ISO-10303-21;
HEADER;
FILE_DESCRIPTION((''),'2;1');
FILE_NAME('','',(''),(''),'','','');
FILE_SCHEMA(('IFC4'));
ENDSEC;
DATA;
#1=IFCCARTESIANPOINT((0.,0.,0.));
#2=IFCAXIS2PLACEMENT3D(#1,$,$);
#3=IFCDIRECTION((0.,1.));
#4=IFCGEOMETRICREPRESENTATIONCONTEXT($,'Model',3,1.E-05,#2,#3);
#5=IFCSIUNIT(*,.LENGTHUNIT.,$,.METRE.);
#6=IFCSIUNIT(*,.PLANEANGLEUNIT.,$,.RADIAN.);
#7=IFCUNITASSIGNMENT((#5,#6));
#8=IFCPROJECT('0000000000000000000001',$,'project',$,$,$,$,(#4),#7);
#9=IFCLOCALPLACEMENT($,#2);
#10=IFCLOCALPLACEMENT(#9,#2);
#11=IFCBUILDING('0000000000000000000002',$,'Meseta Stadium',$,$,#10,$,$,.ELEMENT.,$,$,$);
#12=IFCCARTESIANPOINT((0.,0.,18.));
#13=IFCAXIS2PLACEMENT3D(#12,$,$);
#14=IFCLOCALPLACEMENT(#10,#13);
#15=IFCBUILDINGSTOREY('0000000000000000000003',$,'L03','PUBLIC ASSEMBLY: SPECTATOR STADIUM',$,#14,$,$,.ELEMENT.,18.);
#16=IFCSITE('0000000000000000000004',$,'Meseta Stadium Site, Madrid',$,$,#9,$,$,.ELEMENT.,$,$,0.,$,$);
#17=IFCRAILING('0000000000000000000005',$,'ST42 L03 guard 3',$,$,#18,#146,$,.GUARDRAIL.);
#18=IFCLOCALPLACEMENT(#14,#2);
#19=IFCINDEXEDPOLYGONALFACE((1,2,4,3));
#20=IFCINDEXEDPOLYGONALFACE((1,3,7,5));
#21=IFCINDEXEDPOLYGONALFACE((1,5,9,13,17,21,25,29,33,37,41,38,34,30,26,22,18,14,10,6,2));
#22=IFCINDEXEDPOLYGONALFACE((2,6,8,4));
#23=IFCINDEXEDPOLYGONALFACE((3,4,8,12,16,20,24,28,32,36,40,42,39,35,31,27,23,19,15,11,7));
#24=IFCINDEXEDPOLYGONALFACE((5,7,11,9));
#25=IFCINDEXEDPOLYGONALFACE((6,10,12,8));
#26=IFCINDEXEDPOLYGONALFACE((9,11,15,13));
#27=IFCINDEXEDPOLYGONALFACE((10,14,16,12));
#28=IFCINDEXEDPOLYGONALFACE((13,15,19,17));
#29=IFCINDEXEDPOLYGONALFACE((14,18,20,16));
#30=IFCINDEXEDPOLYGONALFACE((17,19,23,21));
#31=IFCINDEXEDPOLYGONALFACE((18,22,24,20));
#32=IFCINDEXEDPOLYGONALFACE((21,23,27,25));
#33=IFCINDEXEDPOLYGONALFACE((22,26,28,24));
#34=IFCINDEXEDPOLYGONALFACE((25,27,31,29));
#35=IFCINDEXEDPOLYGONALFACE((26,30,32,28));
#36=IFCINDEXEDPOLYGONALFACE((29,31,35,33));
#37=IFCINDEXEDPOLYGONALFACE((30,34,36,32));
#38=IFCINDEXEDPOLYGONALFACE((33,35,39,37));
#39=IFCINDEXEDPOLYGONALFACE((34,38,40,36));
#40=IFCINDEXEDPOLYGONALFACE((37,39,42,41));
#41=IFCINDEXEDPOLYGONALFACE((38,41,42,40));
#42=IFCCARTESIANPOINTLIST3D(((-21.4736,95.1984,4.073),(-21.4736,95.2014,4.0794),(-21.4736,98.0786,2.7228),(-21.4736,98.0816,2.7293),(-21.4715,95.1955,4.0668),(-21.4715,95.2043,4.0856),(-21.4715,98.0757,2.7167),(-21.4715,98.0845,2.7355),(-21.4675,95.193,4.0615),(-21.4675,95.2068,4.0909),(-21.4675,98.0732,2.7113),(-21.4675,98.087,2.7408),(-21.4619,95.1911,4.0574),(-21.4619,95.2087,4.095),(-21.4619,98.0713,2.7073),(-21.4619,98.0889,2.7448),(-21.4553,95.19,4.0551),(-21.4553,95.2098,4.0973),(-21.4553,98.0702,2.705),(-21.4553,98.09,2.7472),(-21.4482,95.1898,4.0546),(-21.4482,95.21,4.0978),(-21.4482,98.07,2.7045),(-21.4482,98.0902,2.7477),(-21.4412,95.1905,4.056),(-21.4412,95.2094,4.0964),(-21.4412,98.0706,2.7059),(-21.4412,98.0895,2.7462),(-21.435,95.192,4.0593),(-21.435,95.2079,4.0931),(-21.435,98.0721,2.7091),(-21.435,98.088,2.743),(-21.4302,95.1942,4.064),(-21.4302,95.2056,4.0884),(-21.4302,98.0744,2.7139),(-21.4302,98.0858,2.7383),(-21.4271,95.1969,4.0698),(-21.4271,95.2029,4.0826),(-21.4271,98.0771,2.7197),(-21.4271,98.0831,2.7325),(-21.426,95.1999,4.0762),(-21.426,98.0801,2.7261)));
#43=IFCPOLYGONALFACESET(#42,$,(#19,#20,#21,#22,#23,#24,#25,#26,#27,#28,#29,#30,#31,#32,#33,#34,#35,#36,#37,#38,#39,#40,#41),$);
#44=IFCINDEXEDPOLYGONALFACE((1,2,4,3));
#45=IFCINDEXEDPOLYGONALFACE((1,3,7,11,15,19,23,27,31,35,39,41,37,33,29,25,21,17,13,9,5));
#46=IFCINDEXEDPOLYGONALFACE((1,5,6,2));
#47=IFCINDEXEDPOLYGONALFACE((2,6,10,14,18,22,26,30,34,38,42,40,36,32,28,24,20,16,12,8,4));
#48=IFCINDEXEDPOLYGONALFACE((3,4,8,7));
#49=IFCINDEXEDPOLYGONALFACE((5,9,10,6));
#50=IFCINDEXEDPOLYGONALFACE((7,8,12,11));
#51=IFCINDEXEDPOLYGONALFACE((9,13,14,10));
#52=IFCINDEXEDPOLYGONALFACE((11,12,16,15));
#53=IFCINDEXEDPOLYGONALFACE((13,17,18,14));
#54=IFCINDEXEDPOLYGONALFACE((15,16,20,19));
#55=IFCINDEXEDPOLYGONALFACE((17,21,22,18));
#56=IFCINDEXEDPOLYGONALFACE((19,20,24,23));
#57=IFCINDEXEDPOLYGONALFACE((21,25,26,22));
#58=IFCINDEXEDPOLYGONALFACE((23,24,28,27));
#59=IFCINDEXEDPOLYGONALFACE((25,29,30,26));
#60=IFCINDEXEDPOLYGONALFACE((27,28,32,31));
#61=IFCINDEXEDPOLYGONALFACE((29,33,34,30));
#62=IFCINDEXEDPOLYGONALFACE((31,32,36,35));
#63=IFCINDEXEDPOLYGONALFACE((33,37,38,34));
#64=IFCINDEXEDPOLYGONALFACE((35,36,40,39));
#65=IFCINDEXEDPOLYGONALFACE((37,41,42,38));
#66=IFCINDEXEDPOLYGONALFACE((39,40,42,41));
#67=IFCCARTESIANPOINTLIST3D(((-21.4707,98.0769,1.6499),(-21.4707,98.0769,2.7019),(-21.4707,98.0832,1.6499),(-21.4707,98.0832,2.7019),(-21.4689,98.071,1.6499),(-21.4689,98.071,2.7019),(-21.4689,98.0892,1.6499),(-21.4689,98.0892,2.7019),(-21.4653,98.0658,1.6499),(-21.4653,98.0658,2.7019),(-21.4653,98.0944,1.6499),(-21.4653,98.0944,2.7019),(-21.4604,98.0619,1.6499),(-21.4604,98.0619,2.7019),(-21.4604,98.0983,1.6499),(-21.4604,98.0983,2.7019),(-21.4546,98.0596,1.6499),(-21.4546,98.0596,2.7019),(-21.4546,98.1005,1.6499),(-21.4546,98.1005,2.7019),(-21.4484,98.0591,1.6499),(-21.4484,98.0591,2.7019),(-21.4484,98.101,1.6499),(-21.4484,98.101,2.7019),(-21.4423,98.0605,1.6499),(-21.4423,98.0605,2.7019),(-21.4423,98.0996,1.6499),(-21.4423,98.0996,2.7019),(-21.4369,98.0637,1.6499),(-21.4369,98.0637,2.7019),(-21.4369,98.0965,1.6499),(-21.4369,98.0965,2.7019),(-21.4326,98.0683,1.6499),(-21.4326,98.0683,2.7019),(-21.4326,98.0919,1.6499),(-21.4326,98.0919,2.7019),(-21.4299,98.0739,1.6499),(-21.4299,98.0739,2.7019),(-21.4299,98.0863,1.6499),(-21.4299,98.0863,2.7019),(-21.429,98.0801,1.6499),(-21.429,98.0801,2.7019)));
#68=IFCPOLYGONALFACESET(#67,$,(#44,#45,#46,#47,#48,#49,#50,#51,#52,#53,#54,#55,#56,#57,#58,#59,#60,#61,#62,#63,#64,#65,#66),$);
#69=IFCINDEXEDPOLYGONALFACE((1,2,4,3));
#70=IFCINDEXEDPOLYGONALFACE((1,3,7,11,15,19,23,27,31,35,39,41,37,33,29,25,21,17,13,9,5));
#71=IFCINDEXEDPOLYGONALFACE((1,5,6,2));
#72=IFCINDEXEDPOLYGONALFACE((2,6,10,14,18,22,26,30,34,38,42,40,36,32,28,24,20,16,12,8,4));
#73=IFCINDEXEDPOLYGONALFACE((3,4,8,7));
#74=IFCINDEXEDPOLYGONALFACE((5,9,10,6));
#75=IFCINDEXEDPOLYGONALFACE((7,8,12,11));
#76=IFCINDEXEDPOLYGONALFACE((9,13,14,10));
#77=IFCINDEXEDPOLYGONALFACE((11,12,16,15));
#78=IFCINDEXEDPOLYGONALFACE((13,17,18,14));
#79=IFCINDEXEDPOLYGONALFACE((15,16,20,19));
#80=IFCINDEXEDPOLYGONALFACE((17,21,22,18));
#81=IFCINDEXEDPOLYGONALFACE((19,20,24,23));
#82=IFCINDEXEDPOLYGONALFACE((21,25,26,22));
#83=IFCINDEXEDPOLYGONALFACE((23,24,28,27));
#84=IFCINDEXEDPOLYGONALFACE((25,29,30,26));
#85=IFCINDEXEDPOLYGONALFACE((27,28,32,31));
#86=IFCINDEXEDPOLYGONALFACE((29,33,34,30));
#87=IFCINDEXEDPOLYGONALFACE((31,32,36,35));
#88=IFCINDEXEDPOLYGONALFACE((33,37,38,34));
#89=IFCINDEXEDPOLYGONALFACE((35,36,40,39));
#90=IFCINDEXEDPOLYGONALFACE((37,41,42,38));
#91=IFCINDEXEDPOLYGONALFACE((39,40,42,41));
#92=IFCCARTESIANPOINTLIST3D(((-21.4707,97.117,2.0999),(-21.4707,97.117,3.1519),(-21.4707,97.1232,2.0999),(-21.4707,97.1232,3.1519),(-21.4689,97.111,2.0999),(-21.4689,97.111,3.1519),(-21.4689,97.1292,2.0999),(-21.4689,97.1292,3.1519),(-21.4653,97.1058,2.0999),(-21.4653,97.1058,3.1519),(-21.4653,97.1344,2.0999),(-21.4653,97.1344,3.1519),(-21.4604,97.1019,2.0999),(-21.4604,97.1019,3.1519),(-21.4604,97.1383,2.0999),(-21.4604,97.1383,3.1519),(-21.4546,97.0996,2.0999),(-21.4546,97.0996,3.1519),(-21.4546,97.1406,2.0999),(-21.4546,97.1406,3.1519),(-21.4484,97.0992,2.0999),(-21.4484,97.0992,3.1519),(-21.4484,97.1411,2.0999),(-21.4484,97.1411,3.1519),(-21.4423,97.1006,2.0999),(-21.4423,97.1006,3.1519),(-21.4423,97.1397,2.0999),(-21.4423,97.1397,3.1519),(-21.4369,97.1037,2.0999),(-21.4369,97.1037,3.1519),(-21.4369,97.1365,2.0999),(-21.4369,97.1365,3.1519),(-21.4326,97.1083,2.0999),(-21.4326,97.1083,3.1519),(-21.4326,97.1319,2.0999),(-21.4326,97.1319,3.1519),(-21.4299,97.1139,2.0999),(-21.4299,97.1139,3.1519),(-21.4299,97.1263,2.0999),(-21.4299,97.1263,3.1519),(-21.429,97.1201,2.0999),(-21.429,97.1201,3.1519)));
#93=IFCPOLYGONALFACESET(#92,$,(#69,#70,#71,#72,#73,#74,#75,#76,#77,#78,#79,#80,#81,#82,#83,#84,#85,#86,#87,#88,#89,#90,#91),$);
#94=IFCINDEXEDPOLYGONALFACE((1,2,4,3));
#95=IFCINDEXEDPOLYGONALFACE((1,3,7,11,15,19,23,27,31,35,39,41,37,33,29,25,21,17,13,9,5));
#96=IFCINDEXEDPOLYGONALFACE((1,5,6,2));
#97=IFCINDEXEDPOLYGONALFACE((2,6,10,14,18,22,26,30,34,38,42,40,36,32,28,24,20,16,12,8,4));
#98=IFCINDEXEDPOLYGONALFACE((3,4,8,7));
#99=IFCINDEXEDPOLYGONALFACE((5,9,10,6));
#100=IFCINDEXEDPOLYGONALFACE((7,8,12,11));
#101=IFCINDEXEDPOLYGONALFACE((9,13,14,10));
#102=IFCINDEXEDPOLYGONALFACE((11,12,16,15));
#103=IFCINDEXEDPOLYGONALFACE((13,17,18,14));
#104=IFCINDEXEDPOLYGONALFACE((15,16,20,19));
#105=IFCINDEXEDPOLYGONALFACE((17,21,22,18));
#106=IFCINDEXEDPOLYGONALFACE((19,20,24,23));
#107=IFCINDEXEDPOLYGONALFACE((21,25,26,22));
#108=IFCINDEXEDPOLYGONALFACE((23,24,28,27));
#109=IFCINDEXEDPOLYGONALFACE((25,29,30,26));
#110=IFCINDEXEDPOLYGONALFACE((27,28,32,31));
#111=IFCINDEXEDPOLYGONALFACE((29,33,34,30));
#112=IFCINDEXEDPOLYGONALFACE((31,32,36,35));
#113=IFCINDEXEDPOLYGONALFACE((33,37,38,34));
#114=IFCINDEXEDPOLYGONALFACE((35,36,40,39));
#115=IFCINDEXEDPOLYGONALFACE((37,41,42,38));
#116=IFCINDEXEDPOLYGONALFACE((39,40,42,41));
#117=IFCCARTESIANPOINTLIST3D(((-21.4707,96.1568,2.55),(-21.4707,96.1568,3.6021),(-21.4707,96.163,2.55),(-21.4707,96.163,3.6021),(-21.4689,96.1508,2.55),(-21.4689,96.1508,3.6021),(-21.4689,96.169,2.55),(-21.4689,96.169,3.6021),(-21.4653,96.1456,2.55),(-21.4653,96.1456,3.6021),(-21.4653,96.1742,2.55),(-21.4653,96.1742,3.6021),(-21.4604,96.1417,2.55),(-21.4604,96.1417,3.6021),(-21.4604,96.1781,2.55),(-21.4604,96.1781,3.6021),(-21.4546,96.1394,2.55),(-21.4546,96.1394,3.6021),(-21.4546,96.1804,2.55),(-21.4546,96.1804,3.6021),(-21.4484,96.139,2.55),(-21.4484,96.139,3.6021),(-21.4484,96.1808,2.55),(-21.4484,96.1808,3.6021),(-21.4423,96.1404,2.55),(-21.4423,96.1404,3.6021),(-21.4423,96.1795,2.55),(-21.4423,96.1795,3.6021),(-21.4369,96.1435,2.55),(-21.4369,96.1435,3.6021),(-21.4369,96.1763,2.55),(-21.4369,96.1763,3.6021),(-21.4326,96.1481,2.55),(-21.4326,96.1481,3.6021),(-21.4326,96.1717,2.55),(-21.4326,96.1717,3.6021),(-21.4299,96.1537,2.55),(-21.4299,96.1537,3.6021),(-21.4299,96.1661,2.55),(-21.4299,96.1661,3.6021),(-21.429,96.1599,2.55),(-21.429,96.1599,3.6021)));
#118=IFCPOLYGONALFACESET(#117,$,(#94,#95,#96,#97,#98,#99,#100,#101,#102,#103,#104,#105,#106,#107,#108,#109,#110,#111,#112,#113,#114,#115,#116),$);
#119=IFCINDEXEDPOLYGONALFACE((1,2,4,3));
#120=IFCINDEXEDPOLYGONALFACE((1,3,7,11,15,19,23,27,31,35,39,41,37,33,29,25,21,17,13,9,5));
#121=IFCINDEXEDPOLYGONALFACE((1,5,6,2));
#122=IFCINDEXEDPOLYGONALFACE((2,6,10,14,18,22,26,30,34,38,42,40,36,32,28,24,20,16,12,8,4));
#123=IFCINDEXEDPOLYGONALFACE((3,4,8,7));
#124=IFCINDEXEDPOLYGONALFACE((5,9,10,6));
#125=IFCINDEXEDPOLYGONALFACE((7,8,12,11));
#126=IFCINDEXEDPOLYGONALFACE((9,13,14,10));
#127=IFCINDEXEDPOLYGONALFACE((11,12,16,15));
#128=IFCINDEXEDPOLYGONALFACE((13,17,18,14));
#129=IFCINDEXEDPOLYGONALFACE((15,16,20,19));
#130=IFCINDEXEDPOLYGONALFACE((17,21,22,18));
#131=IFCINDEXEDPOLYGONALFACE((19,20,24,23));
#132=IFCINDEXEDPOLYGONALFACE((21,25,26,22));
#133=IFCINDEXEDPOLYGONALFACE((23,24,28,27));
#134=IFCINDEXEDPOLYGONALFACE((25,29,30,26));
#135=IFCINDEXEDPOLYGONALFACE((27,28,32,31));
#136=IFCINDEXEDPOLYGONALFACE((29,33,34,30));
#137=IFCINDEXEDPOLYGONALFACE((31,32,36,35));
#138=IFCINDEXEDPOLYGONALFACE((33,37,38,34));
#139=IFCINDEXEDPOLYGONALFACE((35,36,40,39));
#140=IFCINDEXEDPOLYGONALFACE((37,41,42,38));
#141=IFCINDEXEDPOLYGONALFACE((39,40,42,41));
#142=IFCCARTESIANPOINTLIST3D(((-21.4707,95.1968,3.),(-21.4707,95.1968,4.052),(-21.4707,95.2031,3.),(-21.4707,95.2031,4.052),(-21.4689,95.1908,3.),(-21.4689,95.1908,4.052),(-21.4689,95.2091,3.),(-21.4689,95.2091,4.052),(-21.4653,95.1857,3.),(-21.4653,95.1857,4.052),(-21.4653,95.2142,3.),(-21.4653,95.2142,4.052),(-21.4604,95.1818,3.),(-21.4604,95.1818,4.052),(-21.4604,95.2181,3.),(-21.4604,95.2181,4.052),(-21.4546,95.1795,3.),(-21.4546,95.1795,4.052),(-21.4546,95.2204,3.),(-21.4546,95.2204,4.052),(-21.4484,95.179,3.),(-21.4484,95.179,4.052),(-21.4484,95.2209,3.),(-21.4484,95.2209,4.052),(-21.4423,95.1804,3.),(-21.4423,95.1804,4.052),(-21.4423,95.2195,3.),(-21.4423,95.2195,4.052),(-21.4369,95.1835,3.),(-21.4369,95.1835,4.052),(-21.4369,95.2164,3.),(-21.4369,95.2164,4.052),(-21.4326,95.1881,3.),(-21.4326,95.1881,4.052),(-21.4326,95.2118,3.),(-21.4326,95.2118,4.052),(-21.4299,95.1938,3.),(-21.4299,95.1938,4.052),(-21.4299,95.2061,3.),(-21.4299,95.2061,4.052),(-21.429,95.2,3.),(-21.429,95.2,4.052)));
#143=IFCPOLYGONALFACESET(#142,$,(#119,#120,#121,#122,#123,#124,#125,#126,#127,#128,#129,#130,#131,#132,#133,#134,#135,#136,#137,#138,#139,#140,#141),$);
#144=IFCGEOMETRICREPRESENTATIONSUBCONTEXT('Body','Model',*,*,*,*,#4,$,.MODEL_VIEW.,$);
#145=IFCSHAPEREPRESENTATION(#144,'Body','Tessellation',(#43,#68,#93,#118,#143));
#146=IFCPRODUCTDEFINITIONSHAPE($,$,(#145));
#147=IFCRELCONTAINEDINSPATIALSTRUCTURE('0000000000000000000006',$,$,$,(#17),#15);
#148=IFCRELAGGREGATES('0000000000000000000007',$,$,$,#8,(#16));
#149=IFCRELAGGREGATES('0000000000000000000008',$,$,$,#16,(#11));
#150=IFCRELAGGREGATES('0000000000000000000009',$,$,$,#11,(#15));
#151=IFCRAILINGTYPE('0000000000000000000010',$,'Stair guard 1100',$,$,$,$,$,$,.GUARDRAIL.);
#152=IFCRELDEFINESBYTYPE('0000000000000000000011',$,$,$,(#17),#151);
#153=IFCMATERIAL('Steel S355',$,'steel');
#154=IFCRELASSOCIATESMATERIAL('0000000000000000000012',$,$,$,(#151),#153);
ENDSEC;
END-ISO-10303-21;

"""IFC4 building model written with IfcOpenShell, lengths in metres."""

from ifc_helpers import new_model, si_unit, direction, frame, origin, origin_2d, place, context, subcontext, project, spatial, circle, extrude, material, type_object, element, save


model = new_model("IFC4")

# Units and contexts
model_context = context("Model", 3, precision=1e-05, world=origin(), true_north=direction((0.0, 1.0)))
body_context = subcontext(model_context, "Body", "Model", "MODEL_VIEW")
ifc_project = project(units=[si_unit("LENGTHUNIT", "METRE"), si_unit("PLANEANGLEUNIT", "RADIAN")], contexts=[model_context])

# Site, building, storey
site_placement = place(None, origin())
site = spatial("IfcSite", under=ifc_project, at=site_placement, Name="Meseta Stadium Site, Madrid", CompositionType="ELEMENT", RefElevation=0.0)
building_placement = place(site_placement, origin())
building = spatial("IfcBuilding", under=site, at=building_placement, Name="Meseta Stadium", CompositionType="ELEMENT")
storey_placement = place(building_placement, frame((0.0, 0.0, 18.0)))
storey = spatial("IfcBuildingStorey", under=building, at=storey_placement, Name="L03", Description="PUBLIC ASSEMBLY: SPECTATOR STADIUM", CompositionType="ELEMENT", Elevation=18.0)

# Railing
ifc_material_1 = material(Name="Steel S355", Category="steel")
railing_type_1 = type_object("IfcRailingType", Name="Stair guard 1100", PredefinedType="GUARDRAIL", material=ifc_material_1)
railing_1_placement = place(storey_placement, frame((-21.45, 98.0801, 1.6499)))
element("IfcRailing", 1, at=railing_1_placement, inside=storey, type_object=railing_type_1, Name="ST42 L03 guard 3", PredefinedType="GUARDRAIL", context=body_context, shape_type="SweptSolid", body=[
    extrude(circle(Radius=0.0239, at=origin_2d()), frame((0.0, 0.0, 1.0762), z_axis=(0.0, -0.905454, 0.424444), x_axis=(1.0, 0.0, 0.0)), (0.0, 0.0, 1.0), 3.1809),
    extrude(circle(Radius=0.021, at=origin_2d()), origin(), (0.0, 0.0, 1.0), 1.052),
    extrude(circle(Radius=0.021, at=origin_2d()), frame((0.0, -0.96, 0.45)), (0.0, 0.0, 1.0), 1.052),
    extrude(circle(Radius=0.021, at=origin_2d()), frame((0.0, -1.9202, 0.9001)), (0.0, 0.0, 1.0), 1.052),
    extrude(circle(Radius=0.021, at=origin_2d()), frame((0.0, -2.8801, 1.3501)), (0.0, 0.0, 1.0), 1.052),
])

save(model, "model.ifc")
